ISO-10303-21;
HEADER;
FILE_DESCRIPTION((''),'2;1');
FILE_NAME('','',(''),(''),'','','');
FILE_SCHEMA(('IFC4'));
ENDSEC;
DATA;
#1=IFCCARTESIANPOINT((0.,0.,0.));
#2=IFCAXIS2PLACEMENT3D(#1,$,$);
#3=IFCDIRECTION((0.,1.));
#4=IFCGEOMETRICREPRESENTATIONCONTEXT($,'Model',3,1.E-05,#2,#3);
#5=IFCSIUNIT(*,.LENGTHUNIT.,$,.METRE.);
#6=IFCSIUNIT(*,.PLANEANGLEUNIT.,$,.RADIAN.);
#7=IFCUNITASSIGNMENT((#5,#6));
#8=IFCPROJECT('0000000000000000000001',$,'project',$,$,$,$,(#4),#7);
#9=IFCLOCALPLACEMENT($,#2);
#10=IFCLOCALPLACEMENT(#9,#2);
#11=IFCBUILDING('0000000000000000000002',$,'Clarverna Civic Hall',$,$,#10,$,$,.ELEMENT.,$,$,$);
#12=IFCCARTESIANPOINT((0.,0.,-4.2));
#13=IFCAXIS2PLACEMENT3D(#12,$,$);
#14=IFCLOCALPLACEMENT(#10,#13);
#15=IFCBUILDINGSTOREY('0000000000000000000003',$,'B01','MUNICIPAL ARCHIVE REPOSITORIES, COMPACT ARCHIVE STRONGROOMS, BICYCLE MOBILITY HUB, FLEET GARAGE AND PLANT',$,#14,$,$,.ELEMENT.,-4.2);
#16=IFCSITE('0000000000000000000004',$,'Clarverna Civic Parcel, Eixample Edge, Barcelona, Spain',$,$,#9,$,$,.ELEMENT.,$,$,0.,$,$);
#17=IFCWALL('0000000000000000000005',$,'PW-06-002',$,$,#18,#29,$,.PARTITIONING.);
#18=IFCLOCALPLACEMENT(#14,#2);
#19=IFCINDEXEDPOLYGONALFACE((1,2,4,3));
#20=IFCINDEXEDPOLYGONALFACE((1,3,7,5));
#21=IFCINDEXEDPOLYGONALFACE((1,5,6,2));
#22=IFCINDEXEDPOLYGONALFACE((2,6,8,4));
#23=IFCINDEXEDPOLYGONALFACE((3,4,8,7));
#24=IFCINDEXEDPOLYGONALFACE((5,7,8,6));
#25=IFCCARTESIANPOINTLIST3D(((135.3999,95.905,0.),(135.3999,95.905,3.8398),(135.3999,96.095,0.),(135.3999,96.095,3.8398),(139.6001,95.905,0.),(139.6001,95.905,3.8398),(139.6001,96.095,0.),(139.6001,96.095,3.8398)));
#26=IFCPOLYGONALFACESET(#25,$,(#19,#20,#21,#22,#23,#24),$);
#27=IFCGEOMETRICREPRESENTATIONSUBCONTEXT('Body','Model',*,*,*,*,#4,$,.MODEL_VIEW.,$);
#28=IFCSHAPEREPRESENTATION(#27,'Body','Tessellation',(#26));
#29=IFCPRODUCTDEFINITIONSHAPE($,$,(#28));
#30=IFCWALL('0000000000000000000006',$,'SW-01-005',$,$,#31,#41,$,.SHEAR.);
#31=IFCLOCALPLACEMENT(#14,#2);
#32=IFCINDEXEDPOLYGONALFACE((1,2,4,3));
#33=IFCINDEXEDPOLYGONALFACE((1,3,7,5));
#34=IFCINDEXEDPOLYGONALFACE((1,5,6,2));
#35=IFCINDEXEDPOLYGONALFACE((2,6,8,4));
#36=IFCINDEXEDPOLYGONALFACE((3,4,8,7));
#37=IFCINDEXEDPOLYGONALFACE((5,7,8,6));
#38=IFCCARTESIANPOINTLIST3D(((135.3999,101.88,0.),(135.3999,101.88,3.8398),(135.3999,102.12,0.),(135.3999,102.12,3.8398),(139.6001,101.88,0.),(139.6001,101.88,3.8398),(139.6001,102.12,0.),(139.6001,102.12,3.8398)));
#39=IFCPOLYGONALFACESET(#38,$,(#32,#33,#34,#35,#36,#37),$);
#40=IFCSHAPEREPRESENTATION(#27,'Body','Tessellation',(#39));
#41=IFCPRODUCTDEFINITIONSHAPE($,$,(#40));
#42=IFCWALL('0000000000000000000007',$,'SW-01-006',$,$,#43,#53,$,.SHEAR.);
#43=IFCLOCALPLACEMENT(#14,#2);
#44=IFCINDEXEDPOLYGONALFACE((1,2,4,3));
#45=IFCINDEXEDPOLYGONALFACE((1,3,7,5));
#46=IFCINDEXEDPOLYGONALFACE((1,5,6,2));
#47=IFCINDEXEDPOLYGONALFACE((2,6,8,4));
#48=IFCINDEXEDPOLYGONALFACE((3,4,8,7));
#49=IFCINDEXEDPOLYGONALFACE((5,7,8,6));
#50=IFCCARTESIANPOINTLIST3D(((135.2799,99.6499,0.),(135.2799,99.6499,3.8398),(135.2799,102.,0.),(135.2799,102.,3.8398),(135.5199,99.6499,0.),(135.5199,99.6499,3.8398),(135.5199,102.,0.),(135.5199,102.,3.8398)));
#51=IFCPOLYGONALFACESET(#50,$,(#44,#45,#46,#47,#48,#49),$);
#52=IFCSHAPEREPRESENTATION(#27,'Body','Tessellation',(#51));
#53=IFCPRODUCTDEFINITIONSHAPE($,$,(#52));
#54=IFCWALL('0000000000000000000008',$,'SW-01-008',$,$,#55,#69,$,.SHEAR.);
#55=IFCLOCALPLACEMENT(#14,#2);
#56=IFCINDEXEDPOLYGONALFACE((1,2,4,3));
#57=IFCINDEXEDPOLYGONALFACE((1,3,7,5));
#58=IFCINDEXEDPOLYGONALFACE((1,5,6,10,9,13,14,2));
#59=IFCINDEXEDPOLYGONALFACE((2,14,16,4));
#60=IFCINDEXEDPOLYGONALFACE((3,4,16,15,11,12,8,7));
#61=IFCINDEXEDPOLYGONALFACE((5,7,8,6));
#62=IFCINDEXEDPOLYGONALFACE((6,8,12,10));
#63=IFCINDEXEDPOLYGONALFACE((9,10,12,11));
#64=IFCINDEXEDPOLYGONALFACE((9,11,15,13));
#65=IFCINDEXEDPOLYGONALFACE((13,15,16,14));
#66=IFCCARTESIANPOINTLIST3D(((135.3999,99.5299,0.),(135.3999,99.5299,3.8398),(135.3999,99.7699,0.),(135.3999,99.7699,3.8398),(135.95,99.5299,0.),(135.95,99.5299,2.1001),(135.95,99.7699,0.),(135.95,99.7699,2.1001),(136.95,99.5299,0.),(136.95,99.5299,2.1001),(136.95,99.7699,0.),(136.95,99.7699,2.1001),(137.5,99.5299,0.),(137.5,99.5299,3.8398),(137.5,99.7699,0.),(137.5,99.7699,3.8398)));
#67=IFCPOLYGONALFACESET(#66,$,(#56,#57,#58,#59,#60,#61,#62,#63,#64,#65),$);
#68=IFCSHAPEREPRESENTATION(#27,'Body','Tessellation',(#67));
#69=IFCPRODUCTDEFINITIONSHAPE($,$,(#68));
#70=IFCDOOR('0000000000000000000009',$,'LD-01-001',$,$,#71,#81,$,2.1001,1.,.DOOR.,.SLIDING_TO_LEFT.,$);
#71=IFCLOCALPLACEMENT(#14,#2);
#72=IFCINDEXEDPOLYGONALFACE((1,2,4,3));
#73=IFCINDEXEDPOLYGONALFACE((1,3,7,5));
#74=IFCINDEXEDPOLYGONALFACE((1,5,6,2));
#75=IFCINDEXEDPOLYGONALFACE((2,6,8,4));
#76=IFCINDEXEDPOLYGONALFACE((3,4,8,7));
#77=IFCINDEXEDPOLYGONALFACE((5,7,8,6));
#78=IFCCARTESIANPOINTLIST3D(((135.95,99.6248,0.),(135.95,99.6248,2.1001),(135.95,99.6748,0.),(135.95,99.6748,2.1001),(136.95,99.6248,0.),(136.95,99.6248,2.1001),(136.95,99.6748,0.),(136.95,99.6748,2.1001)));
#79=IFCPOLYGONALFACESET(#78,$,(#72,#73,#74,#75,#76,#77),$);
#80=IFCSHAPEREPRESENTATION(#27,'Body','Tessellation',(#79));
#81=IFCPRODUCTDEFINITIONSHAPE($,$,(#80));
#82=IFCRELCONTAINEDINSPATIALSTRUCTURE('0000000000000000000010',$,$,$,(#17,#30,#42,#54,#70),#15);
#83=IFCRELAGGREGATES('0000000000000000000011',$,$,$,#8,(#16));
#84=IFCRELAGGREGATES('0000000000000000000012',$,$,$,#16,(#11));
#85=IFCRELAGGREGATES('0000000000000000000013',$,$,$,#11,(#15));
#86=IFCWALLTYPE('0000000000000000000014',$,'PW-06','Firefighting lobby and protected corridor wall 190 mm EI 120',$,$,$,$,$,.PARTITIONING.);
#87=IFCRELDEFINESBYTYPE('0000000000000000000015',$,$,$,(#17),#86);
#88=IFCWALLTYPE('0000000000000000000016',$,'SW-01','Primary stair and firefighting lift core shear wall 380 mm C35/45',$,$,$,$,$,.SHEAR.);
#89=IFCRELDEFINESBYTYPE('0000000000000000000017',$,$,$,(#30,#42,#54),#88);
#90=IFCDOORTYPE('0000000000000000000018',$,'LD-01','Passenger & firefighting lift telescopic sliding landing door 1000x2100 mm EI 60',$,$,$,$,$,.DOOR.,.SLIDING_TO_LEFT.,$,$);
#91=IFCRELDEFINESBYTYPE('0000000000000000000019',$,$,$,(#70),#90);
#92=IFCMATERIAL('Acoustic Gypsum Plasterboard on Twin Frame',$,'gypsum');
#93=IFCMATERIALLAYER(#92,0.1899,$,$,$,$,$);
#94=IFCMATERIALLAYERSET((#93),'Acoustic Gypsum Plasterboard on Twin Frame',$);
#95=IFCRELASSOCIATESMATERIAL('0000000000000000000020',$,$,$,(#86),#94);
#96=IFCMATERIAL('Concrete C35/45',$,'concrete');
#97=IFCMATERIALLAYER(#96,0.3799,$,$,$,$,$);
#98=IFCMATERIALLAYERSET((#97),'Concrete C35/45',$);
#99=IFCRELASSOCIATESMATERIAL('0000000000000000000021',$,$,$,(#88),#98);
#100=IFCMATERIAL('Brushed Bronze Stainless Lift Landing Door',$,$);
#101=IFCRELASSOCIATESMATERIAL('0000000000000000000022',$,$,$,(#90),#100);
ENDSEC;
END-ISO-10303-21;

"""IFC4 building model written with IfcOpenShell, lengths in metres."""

from ifc_helpers import new_model, si_unit, direction, frame, frame_2d, origin, place, context, subcontext, project, spatial, rectangle, extrude, material, layer, layer_set, type_object, element, fill, save


model = new_model("IFC4")

# Units and contexts
model_context = context("Model", 3, precision=1e-05, world=origin(), true_north=direction((0.0, 1.0)))
body_context = subcontext(model_context, "Body", "Model", "MODEL_VIEW")
ifc_project = project(units=[si_unit("LENGTHUNIT", "METRE"), si_unit("PLANEANGLEUNIT", "RADIAN")], contexts=[model_context])

# Site, building, storey
site_placement = place(None, origin())
site = spatial("IfcSite", under=ifc_project, at=site_placement, Name="Clarverna Civic Parcel, Eixample Edge, Barcelona, Spain", CompositionType="ELEMENT", RefElevation=0.0)
building_placement = place(site_placement, origin())
building = spatial("IfcBuilding", under=site, at=building_placement, Name="Clarverna Civic Hall", CompositionType="ELEMENT")
storey_placement = place(building_placement, frame((0.0, 0.0, -4.2)))
storey = spatial("IfcBuildingStorey", under=building, at=storey_placement, Name="B01", Description="MUNICIPAL ARCHIVE REPOSITORIES, COMPACT ARCHIVE STRONGROOMS, BICYCLE MOBILITY HUB, FLEET GARAGE AND PLANT", CompositionType="ELEMENT", Elevation=-4.2)

# Shared definitions
ifc_material_1 = material(Name="Concrete C35/45", Category="concrete")

# Shared definitions
ifc_material_2 = material(Name="Acoustic Gypsum Plasterboard on Twin Frame", Category="gypsum")
ifc_layer_1 = layer(ifc_material_2, 0.1899)
ifc_layer_set_1 = layer_set([ifc_layer_1], Name="Acoustic Gypsum Plasterboard on Twin Frame")
wall_type_1 = type_object("IfcWallType", Name="PW-06", Description="Firefighting lobby and protected corridor wall 190 mm EI 120", PredefinedType="PARTITIONING", material=ifc_layer_set_1)

# Walls
wall_1_placement = place(storey_placement, frame((135.3999, 96.0, 0.0), z_axis=(0.0, 0.0, 1.0), x_axis=(1.0, 0.0, 0.0)))
element("IfcWall", 1, at=wall_1_placement, inside=storey, type_object=wall_type_1, Name="PW-06-002", PredefinedType="PARTITIONING", context=body_context, shape_type="SweptSolid", body=[
    extrude(rectangle(XDim=4.2002, YDim=0.1899, at=frame_2d((2.1001, 0.0))), origin(), (0.0, 0.0, 1.0), 3.8398),
])
ifc_layer_2 = layer(ifc_material_1, 0.3799)
ifc_layer_set_2 = layer_set([ifc_layer_2], Name="Concrete C35/45")
wall_type_2 = type_object("IfcWallType", Name="SW-01", Description="Primary stair and firefighting lift core shear wall 380 mm C35/45", PredefinedType="SHEAR", material=ifc_layer_set_2)
wall_2_placement = place(storey_placement, frame((135.3999, 102.0, 0.0), z_axis=(0.0, 0.0, 1.0), x_axis=(1.0, 0.0, 0.0)))
element("IfcWall", 2, at=wall_2_placement, inside=storey, type_object=wall_type_2, Name="SW-01-005", PredefinedType="SHEAR", context=body_context, shape_type="SweptSolid", body=[
    extrude(rectangle(XDim=4.2002, YDim=0.24, at=frame_2d((2.1001, 0.0))), origin(), (0.0, 0.0, 1.0), 3.8398),
])
wall_3_placement = place(storey_placement, frame((135.3999, 99.6499, 0.0), z_axis=(0.0, 0.0, 1.0), x_axis=(0.0, 1.0, 0.0)))
element("IfcWall", 3, at=wall_3_placement, inside=storey, type_object=wall_type_2, Name="SW-01-006", PredefinedType="SHEAR", context=body_context, shape_type="SweptSolid", body=[
    extrude(rectangle(XDim=2.3501, YDim=0.24, at=frame_2d((1.175, 0.0))), origin(), (0.0, 0.0, 1.0), 3.8398),
])

# Wall, opening, door
wall_4_placement = place(storey_placement, frame((135.3999, 99.6499, 0.0), z_axis=(0.0, 0.0, 1.0), x_axis=(1.0, 0.0, 0.0)))
wall_4 = element("IfcWall", 4, at=wall_4_placement, inside=storey, type_object=wall_type_2, Name="SW-01-008", PredefinedType="SHEAR", context=body_context, shape_type="SweptSolid", body=[
    extrude(rectangle(XDim=2.1001, YDim=0.24, at=frame_2d((1.05, 0.0))), origin(), (0.0, 0.0, 1.0), 3.8398),
])
opening_1_placement = place(wall_4_placement, frame((0.55, 0.0, 0.0)))
opening_1 = element("IfcOpeningElement", 5, at=opening_1_placement, cuts=wall_4, PredefinedType="OPENING", context=body_context, shape_type="SweptSolid", body=[
    extrude(rectangle(XDim=1.0, YDim=2.1001, at=frame_2d((0.5, 1.05))), frame((0.0, 0.1299, 0.0), z_axis=(0.0, -1.0, 0.0), x_axis=(1.0, 0.0, 0.0)), (0.0, 0.0, 1.0), 0.26),
])
ifc_material_3 = material(Name="Brushed Bronze Stainless Lift Landing Door")
door_type_1 = type_object("IfcDoorType", Name="LD-01", Description="Passenger & firefighting lift telescopic sliding landing door 1000x2100 mm EI 60", OperationType="SLIDING_TO_LEFT", PredefinedType="DOOR", material=ifc_material_3)
door_1_placement = place(opening_1_placement, origin())
door_1 = element("IfcDoor", 6, at=door_1_placement, inside=storey, type_object=door_type_1, Name="LD-01-001", OperationType="SLIDING_TO_LEFT", OverallHeight=2.1001, OverallWidth=1.0, PredefinedType="DOOR", context=body_context, shape_type="SweptSolid", body=[
    extrude(rectangle(XDim=1.0, YDim=2.1001, at=frame_2d((0.5, 1.05))), frame((0.0, 0.0249, 0.0), z_axis=(0.0, -1.0, 0.0), x_axis=(1.0, 0.0, 0.0)), (0.0, 0.0, 1.0), 0.05),
])
fill(opening_1, door_1)

save(model, "model.ifc")
